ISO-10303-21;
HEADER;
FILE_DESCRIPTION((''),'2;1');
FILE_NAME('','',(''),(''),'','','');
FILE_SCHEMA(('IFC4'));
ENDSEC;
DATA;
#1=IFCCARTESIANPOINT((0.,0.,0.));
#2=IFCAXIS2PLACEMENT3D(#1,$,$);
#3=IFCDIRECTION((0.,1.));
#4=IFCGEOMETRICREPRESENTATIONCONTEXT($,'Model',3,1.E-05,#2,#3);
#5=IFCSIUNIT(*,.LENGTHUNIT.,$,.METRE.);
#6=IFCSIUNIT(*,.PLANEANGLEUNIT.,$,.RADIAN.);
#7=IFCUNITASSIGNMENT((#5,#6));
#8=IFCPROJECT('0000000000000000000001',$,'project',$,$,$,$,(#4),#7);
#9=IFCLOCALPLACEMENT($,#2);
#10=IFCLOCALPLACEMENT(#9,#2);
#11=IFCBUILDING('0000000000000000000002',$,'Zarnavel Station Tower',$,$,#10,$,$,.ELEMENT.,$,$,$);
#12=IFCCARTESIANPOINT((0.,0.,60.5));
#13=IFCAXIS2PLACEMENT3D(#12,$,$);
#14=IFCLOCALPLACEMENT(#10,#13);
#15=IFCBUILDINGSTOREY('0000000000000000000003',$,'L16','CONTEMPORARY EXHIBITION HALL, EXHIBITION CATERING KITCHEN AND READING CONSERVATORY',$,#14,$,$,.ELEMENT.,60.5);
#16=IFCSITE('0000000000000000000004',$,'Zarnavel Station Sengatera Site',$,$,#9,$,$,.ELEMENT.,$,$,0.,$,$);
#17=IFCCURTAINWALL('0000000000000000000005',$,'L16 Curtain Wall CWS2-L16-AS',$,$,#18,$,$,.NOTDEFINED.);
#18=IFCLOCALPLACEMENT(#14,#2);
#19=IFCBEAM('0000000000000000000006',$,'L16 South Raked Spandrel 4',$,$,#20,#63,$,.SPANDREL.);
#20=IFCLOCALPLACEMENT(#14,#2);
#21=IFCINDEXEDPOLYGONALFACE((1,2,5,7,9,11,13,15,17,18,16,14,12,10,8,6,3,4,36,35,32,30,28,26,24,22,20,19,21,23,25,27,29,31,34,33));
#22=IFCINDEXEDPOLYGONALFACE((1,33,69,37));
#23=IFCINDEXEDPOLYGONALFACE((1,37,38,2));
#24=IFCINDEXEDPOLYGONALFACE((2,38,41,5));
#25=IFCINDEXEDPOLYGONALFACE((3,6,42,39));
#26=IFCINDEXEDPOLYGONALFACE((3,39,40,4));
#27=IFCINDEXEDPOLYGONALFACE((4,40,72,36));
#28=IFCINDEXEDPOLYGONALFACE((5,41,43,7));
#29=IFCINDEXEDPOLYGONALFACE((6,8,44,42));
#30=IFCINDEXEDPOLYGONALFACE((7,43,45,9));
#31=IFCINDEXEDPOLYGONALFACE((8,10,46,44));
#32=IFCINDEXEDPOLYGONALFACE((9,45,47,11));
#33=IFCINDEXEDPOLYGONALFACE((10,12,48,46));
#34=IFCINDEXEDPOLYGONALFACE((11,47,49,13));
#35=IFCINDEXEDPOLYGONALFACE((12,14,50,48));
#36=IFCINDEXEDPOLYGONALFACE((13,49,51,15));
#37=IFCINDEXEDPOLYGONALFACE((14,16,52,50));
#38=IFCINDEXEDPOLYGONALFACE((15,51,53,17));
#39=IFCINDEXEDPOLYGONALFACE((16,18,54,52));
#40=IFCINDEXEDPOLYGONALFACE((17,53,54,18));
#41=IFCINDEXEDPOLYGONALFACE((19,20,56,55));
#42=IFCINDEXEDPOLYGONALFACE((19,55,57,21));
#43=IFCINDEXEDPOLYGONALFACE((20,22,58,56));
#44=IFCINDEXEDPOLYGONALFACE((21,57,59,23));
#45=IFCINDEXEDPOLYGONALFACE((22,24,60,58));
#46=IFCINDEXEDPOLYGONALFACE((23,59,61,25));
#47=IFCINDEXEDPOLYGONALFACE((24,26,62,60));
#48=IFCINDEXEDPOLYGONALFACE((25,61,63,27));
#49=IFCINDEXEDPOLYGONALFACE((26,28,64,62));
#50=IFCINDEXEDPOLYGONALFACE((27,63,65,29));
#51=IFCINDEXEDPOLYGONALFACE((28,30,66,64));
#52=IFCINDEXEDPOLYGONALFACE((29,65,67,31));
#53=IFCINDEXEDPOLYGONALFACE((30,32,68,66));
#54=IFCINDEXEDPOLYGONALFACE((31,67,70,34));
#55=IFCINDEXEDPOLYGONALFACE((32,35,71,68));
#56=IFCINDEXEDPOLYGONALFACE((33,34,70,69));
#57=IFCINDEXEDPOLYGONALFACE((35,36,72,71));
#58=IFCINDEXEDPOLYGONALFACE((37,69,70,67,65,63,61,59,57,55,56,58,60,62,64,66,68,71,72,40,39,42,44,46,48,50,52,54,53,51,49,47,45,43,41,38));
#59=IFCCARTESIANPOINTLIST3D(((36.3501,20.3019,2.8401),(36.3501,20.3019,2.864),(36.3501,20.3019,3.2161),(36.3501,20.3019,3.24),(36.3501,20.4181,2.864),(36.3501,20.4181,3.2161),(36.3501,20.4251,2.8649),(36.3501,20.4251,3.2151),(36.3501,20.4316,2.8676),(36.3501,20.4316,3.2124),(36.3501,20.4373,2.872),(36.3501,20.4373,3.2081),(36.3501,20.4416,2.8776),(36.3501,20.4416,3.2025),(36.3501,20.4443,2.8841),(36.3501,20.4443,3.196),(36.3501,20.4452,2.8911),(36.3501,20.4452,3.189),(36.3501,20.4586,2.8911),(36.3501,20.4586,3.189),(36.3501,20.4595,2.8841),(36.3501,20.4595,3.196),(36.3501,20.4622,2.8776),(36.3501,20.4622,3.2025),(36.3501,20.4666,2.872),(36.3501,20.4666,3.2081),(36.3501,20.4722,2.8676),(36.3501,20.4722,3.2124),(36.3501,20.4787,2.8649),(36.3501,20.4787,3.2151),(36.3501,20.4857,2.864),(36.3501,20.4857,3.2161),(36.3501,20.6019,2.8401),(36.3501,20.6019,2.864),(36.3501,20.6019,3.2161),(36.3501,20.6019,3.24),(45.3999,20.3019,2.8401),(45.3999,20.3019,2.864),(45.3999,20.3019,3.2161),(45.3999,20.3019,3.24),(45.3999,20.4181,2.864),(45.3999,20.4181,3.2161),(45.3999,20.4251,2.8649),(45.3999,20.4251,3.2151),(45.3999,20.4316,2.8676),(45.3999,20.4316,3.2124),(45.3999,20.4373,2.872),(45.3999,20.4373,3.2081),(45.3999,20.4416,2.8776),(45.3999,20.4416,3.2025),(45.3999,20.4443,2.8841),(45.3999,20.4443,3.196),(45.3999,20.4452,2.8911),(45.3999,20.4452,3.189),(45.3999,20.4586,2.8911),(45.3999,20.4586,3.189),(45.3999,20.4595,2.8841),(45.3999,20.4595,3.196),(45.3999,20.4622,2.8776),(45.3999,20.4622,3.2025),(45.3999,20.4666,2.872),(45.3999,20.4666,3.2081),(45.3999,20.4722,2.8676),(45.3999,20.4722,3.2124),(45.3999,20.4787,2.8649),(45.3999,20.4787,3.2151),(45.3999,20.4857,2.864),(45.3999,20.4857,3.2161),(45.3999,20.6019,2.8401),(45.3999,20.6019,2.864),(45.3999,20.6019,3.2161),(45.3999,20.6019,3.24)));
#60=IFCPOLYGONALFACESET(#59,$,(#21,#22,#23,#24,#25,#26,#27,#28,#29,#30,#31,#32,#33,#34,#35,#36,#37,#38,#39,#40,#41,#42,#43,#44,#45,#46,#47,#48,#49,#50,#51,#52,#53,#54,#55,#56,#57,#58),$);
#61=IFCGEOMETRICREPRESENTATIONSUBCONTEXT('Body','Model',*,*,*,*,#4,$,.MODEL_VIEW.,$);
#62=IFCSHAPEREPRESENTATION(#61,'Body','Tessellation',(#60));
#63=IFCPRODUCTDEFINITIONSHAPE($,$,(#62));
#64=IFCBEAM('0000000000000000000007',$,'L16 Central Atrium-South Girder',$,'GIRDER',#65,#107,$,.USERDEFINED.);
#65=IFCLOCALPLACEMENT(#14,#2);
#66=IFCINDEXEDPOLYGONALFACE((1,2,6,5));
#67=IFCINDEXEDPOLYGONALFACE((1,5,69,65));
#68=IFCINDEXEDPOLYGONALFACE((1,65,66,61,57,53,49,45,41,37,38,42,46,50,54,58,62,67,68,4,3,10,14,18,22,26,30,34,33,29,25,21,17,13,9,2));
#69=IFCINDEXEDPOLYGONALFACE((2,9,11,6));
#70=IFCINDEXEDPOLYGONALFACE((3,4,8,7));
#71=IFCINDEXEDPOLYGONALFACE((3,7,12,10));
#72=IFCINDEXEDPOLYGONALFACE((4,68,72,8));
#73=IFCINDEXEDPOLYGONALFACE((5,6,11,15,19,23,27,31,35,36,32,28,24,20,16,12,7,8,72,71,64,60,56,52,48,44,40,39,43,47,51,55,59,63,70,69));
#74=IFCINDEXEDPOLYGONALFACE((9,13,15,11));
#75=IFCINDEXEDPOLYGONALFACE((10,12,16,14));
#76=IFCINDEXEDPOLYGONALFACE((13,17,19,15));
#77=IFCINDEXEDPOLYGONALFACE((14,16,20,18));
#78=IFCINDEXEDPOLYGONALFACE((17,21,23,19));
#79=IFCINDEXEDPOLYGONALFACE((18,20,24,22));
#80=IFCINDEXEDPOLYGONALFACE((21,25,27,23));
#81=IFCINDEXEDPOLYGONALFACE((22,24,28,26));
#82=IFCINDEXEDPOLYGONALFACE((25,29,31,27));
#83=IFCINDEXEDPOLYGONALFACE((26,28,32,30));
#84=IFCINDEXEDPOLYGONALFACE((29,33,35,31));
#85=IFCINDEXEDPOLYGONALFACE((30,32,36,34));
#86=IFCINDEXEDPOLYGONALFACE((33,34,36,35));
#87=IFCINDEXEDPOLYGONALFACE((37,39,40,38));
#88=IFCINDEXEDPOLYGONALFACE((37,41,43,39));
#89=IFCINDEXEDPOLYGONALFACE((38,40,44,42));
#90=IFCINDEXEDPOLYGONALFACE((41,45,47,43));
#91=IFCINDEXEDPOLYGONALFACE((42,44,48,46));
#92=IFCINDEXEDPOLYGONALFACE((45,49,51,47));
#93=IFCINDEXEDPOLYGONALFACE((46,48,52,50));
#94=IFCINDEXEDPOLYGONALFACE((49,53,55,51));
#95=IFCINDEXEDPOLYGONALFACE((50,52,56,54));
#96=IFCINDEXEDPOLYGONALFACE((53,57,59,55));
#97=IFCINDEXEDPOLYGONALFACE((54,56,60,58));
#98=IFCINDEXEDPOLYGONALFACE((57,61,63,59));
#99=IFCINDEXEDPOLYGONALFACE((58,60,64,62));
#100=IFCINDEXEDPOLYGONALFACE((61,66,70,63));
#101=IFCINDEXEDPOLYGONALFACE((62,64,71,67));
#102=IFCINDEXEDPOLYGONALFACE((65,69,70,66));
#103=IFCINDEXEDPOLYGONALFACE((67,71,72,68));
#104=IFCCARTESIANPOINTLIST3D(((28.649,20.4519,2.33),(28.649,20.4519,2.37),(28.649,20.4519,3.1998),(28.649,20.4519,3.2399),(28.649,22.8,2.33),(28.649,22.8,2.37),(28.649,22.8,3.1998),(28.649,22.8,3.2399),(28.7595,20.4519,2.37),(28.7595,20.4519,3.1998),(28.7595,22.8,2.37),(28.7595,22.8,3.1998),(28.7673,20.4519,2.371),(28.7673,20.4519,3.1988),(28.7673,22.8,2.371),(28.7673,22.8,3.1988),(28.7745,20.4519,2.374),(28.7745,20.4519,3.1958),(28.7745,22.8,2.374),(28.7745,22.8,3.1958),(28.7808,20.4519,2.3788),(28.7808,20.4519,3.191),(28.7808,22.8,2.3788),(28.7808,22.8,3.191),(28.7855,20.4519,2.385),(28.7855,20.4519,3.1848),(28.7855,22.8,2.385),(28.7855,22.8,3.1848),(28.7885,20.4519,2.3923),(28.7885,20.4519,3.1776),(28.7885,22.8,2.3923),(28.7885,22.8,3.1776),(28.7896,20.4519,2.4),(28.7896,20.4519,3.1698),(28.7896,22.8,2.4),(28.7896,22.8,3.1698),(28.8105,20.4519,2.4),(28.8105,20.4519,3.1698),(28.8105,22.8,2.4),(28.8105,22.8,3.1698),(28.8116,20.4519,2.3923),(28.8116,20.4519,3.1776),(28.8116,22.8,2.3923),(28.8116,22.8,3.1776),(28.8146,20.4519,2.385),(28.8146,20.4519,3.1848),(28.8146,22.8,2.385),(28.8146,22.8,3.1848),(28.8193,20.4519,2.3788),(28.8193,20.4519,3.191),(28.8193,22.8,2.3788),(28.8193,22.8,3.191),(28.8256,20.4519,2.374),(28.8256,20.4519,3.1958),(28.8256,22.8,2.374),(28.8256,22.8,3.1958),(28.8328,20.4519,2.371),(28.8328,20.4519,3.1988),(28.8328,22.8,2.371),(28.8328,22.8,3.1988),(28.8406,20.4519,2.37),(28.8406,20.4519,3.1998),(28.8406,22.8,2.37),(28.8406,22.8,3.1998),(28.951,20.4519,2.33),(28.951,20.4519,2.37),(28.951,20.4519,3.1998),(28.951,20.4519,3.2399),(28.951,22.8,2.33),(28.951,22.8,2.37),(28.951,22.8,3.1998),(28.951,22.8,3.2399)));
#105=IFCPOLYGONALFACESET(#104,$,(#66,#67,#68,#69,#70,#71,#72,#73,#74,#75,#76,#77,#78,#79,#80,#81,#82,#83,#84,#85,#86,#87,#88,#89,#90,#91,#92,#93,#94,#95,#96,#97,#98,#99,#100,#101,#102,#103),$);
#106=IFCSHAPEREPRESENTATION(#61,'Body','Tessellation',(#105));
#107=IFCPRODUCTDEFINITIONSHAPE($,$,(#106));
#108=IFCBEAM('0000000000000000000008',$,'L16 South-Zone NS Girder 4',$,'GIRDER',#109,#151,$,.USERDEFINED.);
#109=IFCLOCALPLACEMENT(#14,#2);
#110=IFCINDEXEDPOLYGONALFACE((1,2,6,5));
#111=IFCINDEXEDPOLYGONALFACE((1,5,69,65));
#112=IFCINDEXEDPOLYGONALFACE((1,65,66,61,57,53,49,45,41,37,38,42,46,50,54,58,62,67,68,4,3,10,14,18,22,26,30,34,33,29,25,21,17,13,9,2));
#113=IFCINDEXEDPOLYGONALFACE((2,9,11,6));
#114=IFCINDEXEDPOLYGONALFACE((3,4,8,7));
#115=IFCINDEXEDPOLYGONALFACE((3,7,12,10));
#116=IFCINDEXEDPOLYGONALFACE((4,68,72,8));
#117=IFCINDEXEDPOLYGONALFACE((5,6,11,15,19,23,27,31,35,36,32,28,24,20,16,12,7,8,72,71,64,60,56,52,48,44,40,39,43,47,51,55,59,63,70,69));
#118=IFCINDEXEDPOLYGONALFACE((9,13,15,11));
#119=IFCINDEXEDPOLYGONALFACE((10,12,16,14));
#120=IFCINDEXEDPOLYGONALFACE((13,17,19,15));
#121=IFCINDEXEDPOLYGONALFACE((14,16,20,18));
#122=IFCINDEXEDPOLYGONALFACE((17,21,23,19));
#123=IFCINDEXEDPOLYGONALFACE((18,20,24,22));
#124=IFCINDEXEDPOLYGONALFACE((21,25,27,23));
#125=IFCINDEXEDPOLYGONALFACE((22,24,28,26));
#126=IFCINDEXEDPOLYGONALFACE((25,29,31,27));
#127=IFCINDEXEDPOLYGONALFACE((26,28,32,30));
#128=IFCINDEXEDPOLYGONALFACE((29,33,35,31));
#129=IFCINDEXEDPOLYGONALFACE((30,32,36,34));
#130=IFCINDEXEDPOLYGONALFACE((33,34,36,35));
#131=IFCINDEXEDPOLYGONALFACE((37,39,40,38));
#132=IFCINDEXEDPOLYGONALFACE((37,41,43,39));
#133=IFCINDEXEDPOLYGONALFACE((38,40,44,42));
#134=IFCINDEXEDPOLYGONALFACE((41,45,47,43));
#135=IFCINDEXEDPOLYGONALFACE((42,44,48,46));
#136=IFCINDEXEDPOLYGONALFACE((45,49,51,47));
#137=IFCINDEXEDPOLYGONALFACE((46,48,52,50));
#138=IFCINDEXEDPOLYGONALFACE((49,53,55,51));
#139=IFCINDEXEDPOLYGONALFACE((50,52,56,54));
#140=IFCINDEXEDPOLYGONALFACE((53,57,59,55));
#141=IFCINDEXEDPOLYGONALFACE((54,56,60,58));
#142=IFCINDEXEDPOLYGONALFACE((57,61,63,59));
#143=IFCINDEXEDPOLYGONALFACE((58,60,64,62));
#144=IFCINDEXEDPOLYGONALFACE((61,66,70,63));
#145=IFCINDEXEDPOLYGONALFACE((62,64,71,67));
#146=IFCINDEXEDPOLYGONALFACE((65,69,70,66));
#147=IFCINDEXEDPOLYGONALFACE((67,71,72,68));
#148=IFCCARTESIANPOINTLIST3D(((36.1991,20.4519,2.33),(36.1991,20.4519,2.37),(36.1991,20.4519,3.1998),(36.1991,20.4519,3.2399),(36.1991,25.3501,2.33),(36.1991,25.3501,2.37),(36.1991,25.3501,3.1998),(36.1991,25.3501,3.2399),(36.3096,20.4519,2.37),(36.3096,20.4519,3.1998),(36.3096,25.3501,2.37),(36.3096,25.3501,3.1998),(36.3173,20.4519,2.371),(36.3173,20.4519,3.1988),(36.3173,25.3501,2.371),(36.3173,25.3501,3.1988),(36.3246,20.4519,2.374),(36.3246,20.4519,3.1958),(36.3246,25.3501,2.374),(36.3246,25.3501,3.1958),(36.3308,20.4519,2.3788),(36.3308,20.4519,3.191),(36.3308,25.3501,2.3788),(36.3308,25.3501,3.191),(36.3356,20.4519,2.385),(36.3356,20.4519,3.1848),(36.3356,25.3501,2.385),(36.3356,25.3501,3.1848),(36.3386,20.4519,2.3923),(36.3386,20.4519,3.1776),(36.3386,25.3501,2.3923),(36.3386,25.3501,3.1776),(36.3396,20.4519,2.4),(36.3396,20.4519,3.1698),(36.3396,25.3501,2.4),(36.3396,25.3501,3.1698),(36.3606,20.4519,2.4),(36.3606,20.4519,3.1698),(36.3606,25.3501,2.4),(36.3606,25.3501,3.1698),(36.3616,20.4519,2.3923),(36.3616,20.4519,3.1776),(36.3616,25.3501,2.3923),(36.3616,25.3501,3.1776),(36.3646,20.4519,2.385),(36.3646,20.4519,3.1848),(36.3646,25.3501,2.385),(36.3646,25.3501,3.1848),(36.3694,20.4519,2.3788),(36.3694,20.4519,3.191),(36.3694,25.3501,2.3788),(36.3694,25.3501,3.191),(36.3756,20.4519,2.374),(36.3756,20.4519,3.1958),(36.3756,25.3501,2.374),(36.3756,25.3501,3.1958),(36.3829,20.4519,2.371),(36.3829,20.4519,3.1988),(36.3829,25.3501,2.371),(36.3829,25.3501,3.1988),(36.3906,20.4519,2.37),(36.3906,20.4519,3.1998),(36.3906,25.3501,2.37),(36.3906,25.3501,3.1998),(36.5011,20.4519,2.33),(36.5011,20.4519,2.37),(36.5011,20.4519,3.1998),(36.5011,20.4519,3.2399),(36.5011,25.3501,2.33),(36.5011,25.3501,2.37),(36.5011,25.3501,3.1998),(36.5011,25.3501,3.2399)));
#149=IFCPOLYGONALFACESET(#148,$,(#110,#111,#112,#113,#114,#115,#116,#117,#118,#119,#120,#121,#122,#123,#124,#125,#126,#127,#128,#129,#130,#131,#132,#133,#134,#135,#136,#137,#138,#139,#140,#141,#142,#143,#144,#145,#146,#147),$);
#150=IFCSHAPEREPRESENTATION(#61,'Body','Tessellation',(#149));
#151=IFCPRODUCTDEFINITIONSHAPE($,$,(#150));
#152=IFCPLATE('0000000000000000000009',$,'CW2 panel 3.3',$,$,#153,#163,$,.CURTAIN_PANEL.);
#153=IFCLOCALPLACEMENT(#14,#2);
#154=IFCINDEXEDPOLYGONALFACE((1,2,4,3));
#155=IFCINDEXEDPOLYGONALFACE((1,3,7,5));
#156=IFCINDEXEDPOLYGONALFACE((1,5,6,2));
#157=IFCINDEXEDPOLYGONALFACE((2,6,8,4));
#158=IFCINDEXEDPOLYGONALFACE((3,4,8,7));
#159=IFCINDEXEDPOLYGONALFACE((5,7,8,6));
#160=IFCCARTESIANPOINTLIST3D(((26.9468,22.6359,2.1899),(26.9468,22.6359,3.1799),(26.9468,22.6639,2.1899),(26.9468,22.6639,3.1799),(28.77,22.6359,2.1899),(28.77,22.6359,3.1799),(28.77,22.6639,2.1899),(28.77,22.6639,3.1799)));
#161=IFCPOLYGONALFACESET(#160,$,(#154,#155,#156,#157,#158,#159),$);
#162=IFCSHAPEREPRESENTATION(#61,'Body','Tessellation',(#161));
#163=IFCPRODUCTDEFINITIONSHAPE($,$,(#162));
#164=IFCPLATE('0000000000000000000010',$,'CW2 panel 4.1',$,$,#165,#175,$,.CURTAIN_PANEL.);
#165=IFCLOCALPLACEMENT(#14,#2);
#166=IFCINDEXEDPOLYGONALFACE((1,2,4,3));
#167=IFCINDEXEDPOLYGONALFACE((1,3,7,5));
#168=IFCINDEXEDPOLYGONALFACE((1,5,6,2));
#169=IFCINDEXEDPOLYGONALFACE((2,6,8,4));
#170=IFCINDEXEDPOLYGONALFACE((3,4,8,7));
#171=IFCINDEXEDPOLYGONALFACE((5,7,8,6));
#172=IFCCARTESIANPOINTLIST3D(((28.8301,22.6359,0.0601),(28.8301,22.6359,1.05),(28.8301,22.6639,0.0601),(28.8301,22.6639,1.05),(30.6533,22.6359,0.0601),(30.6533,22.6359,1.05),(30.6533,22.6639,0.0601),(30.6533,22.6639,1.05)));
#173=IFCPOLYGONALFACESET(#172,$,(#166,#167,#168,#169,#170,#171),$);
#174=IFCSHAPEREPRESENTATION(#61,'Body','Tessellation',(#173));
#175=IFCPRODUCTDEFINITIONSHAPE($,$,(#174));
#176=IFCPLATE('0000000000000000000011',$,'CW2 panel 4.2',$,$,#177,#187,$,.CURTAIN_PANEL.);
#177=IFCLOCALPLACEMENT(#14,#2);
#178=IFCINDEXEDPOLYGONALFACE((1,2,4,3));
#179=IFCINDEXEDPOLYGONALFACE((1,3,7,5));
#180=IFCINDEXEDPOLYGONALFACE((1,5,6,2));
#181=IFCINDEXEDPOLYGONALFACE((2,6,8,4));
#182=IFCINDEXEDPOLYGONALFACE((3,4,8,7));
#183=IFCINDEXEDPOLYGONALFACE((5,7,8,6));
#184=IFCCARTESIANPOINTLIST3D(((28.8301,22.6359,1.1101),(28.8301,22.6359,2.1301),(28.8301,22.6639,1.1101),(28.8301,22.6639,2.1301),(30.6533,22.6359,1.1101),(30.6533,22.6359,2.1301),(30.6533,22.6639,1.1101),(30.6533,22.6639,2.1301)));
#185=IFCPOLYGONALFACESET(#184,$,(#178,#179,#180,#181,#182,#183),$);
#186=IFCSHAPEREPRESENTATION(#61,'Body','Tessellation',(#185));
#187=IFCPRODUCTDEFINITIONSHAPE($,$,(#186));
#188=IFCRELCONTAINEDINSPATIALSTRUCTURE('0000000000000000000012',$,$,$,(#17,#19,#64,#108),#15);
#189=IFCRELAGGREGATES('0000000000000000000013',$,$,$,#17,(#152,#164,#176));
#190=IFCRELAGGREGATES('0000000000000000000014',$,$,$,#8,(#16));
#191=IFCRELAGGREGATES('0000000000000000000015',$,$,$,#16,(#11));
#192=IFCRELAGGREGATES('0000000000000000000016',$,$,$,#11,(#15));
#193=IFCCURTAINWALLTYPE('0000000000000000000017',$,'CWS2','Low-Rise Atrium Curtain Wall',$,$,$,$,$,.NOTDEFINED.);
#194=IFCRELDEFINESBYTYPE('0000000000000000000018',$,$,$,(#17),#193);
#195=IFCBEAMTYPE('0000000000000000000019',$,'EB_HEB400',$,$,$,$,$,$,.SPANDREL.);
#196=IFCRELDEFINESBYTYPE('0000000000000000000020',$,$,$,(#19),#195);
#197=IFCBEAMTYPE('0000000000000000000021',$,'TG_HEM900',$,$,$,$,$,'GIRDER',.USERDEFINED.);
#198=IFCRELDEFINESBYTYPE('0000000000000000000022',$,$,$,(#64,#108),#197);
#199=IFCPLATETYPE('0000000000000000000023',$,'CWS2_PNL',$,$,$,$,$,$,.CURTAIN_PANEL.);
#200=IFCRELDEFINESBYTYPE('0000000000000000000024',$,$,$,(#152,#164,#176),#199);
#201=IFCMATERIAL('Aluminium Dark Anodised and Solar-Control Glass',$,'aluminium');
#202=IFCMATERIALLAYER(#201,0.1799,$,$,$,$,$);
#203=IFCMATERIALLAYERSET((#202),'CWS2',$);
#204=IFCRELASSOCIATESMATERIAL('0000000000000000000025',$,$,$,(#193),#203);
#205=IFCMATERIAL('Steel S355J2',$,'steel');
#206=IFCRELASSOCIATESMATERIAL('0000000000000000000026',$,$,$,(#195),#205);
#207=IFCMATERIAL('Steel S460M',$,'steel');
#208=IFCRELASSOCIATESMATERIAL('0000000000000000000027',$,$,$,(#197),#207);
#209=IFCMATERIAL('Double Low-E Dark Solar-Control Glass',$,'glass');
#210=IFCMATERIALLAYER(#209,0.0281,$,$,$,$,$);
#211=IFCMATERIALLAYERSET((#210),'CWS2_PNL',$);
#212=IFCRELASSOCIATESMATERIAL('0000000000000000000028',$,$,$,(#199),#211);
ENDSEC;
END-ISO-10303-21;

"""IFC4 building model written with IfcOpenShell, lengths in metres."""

from ifc_helpers import new_model, si_unit, direction, frame, origin, origin_2d, place, context, subcontext, project, spatial, rectangle, i_section, extrude, material, layer, layer_set, material_profile, profile_set, type_object, element, aggregate, save


model = new_model("IFC4")

# Units and contexts
model_context = context("Model", 3, precision=1e-05, world=origin(), true_north=direction((0.0, 1.0)))
body_context = subcontext(model_context, "Body", "Model", "MODEL_VIEW")
ifc_project = project(units=[si_unit("LENGTHUNIT", "METRE"), si_unit("PLANEANGLEUNIT", "RADIAN")], contexts=[model_context])

# Site, building, storey
site_placement = place(None, origin())
site = spatial("IfcSite", under=ifc_project, at=site_placement, Name="Zarnavel Station Sengatera Site", CompositionType="ELEMENT", RefElevation=0.0)
building_placement = place(site_placement, origin())
building = spatial("IfcBuilding", under=site, at=building_placement, Name="Zarnavel Station Tower", CompositionType="ELEMENT")
storey_placement = place(building_placement, frame((0.0, 0.0, 60.5)))
storey = spatial("IfcBuildingStorey", under=building, at=storey_placement, Name="L16", Description="CONTEMPORARY EXHIBITION HALL, EXHIBITION CATERING KITCHEN AND READING CONSERVATORY", CompositionType="ELEMENT", Elevation=60.5)

# Curtain wall
ifc_material_1 = material(Name="Aluminium Dark Anodised and Solar-Control Glass", Category="aluminium")
ifc_layer_1 = layer(ifc_material_1, 0.1799)
ifc_layer_set_1 = layer_set([ifc_layer_1], Name="CWS2")
curtain_wall_type = type_object("IfcCurtainWallType", Name="CWS2", Description="Low-Rise Atrium Curtain Wall", PredefinedType="NOTDEFINED", material=ifc_layer_set_1)
curtain_wall_placement = place(storey_placement, origin())
curtain_wall = element("IfcCurtainWall", 1, at=curtain_wall_placement, inside=storey, type_object=curtain_wall_type, Name="L16 Curtain Wall CWS2-L16-AS", PredefinedType="NOTDEFINED")

# Beams
ifc_material_2 = material(Name="Steel S355J2", Category="steel")
ifc_material_profile_1 = material_profile(ifc_material_2, i_section(OverallWidth=0.3, OverallDepth=0.3999, WebThickness=0.0134, FlangeThickness=0.0239, FilletRadius=0.0271, at=origin_2d()), Name="HEB400")
ifc_profile_set_1 = profile_set([ifc_material_profile_1], Name="Steel S355J2")
beam_type_1 = type_object("IfcBeamType", Name="EB_HEB400", PredefinedType="SPANDREL", material=ifc_profile_set_1)
beam_1_placement = place(storey_placement, frame((36.3501, 20.4519, 3.04), z_axis=(1.0, 0.0, 0.0), x_axis=(0.0, 1.0, 0.0)))
element("IfcBeam", 2, at=beam_1_placement, inside=storey, type_object=beam_type_1, Name="L16 South Raked Spandrel 4", PredefinedType="SPANDREL", context=body_context, shape_type="SweptSolid", body=[
    extrude(i_section(OverallWidth=0.3, OverallDepth=0.3999, WebThickness=0.0134, FlangeThickness=0.0239, FilletRadius=0.0271, at=origin_2d()), origin(), (0.0, 0.0, 1.0), 9.0498),
])
ifc_material_3 = material(Name="Steel S460M", Category="steel")
ifc_material_profile_2 = material_profile(ifc_material_3, i_section(OverallWidth=0.302, OverallDepth=0.9099, WebThickness=0.021, FlangeThickness=0.04, FilletRadius=0.03, at=origin_2d()), Name="HEM900")
ifc_profile_set_2 = profile_set([ifc_material_profile_2], Name="Steel S460M")
beam_type_2 = type_object("IfcBeamType", Name="TG_HEM900", ElementType="GIRDER", PredefinedType="USERDEFINED", material=ifc_profile_set_2)
beam_2_placement = place(storey_placement, frame((28.8, 20.4519, 2.7849), z_axis=(0.0, 1.0, 0.0), x_axis=(-1.0, 0.0, 0.0)))
element("IfcBeam", 3, at=beam_2_placement, inside=storey, type_object=beam_type_2, Name="L16 Central Atrium-South Girder", ObjectType="GIRDER", PredefinedType="USERDEFINED", context=body_context, shape_type="SweptSolid", body=[
    extrude(i_section(OverallWidth=0.302, OverallDepth=0.9099, WebThickness=0.021, FlangeThickness=0.04, FilletRadius=0.03, at=origin_2d()), origin(), (0.0, 0.0, 1.0), 2.3481),
])
beam_3_placement = place(storey_placement, frame((36.3501, 20.4519, 2.7849), z_axis=(0.0, 1.0, 0.0), x_axis=(-1.0, 0.0, 0.0)))
element("IfcBeam", 4, at=beam_3_placement, inside=storey, type_object=beam_type_2, Name="L16 South-Zone NS Girder 4", ObjectType="GIRDER", PredefinedType="USERDEFINED", context=body_context, shape_type="SweptSolid", body=[
    extrude(i_section(OverallWidth=0.302, OverallDepth=0.9099, WebThickness=0.021, FlangeThickness=0.04, FilletRadius=0.03, at=origin_2d()), origin(), (0.0, 0.0, 1.0), 4.8982),
])

# Plates
ifc_material_4 = material(Name="Double Low-E Dark Solar-Control Glass", Category="glass")
ifc_layer_2 = layer(ifc_material_4, 0.0281)
ifc_layer_set_2 = layer_set([ifc_layer_2], Name="CWS2_PNL")
plate_type_1 = type_object("IfcPlateType", Name="CWS2_PNL", PredefinedType="CURTAIN_PANEL", material=ifc_layer_set_2)
plate_1_placement = place(storey_placement, frame((27.8584, 22.6499, 2.1899), z_axis=(0.0, 0.0, 1.0), x_axis=(1.0, 0.0, 0.0)))
plate_1 = element("IfcPlate", 5, at=plate_1_placement, type_object=plate_type_1, Name="CW2 panel 3.3", PredefinedType="CURTAIN_PANEL", context=body_context, shape_type="SweptSolid", body=[
    extrude(rectangle(XDim=1.8232, YDim=0.0281, at=origin_2d()), origin(), (0.0, 0.0, 1.0), 0.99),
])
plate_2_placement = place(storey_placement, frame((29.7417, 22.6499, 0.0601), z_axis=(0.0, 0.0, 1.0), x_axis=(1.0, 0.0, 0.0)))
plate_2 = element("IfcPlate", 6, at=plate_2_placement, type_object=plate_type_1, Name="CW2 panel 4.1", PredefinedType="CURTAIN_PANEL", context=body_context, shape_type="SweptSolid", body=[
    extrude(rectangle(XDim=1.8232, YDim=0.0281, at=origin_2d()), origin(), (0.0, 0.0, 1.0), 0.99),
])
plate_3_placement = place(storey_placement, frame((29.7417, 22.6499, 1.1101), z_axis=(0.0, 0.0, 1.0), x_axis=(1.0, 0.0, 0.0)))
plate_3 = element("IfcPlate", 7, at=plate_3_placement, type_object=plate_type_1, Name="CW2 panel 4.2", PredefinedType="CURTAIN_PANEL", context=body_context, shape_type="SweptSolid", body=[
    extrude(rectangle(XDim=1.8232, YDim=0.0281, at=origin_2d()), origin(), (0.0, 0.0, 1.0), 1.02),
])
aggregate(curtain_wall, [plate_1, plate_2, plate_3])

save(model, "model.ifc")
